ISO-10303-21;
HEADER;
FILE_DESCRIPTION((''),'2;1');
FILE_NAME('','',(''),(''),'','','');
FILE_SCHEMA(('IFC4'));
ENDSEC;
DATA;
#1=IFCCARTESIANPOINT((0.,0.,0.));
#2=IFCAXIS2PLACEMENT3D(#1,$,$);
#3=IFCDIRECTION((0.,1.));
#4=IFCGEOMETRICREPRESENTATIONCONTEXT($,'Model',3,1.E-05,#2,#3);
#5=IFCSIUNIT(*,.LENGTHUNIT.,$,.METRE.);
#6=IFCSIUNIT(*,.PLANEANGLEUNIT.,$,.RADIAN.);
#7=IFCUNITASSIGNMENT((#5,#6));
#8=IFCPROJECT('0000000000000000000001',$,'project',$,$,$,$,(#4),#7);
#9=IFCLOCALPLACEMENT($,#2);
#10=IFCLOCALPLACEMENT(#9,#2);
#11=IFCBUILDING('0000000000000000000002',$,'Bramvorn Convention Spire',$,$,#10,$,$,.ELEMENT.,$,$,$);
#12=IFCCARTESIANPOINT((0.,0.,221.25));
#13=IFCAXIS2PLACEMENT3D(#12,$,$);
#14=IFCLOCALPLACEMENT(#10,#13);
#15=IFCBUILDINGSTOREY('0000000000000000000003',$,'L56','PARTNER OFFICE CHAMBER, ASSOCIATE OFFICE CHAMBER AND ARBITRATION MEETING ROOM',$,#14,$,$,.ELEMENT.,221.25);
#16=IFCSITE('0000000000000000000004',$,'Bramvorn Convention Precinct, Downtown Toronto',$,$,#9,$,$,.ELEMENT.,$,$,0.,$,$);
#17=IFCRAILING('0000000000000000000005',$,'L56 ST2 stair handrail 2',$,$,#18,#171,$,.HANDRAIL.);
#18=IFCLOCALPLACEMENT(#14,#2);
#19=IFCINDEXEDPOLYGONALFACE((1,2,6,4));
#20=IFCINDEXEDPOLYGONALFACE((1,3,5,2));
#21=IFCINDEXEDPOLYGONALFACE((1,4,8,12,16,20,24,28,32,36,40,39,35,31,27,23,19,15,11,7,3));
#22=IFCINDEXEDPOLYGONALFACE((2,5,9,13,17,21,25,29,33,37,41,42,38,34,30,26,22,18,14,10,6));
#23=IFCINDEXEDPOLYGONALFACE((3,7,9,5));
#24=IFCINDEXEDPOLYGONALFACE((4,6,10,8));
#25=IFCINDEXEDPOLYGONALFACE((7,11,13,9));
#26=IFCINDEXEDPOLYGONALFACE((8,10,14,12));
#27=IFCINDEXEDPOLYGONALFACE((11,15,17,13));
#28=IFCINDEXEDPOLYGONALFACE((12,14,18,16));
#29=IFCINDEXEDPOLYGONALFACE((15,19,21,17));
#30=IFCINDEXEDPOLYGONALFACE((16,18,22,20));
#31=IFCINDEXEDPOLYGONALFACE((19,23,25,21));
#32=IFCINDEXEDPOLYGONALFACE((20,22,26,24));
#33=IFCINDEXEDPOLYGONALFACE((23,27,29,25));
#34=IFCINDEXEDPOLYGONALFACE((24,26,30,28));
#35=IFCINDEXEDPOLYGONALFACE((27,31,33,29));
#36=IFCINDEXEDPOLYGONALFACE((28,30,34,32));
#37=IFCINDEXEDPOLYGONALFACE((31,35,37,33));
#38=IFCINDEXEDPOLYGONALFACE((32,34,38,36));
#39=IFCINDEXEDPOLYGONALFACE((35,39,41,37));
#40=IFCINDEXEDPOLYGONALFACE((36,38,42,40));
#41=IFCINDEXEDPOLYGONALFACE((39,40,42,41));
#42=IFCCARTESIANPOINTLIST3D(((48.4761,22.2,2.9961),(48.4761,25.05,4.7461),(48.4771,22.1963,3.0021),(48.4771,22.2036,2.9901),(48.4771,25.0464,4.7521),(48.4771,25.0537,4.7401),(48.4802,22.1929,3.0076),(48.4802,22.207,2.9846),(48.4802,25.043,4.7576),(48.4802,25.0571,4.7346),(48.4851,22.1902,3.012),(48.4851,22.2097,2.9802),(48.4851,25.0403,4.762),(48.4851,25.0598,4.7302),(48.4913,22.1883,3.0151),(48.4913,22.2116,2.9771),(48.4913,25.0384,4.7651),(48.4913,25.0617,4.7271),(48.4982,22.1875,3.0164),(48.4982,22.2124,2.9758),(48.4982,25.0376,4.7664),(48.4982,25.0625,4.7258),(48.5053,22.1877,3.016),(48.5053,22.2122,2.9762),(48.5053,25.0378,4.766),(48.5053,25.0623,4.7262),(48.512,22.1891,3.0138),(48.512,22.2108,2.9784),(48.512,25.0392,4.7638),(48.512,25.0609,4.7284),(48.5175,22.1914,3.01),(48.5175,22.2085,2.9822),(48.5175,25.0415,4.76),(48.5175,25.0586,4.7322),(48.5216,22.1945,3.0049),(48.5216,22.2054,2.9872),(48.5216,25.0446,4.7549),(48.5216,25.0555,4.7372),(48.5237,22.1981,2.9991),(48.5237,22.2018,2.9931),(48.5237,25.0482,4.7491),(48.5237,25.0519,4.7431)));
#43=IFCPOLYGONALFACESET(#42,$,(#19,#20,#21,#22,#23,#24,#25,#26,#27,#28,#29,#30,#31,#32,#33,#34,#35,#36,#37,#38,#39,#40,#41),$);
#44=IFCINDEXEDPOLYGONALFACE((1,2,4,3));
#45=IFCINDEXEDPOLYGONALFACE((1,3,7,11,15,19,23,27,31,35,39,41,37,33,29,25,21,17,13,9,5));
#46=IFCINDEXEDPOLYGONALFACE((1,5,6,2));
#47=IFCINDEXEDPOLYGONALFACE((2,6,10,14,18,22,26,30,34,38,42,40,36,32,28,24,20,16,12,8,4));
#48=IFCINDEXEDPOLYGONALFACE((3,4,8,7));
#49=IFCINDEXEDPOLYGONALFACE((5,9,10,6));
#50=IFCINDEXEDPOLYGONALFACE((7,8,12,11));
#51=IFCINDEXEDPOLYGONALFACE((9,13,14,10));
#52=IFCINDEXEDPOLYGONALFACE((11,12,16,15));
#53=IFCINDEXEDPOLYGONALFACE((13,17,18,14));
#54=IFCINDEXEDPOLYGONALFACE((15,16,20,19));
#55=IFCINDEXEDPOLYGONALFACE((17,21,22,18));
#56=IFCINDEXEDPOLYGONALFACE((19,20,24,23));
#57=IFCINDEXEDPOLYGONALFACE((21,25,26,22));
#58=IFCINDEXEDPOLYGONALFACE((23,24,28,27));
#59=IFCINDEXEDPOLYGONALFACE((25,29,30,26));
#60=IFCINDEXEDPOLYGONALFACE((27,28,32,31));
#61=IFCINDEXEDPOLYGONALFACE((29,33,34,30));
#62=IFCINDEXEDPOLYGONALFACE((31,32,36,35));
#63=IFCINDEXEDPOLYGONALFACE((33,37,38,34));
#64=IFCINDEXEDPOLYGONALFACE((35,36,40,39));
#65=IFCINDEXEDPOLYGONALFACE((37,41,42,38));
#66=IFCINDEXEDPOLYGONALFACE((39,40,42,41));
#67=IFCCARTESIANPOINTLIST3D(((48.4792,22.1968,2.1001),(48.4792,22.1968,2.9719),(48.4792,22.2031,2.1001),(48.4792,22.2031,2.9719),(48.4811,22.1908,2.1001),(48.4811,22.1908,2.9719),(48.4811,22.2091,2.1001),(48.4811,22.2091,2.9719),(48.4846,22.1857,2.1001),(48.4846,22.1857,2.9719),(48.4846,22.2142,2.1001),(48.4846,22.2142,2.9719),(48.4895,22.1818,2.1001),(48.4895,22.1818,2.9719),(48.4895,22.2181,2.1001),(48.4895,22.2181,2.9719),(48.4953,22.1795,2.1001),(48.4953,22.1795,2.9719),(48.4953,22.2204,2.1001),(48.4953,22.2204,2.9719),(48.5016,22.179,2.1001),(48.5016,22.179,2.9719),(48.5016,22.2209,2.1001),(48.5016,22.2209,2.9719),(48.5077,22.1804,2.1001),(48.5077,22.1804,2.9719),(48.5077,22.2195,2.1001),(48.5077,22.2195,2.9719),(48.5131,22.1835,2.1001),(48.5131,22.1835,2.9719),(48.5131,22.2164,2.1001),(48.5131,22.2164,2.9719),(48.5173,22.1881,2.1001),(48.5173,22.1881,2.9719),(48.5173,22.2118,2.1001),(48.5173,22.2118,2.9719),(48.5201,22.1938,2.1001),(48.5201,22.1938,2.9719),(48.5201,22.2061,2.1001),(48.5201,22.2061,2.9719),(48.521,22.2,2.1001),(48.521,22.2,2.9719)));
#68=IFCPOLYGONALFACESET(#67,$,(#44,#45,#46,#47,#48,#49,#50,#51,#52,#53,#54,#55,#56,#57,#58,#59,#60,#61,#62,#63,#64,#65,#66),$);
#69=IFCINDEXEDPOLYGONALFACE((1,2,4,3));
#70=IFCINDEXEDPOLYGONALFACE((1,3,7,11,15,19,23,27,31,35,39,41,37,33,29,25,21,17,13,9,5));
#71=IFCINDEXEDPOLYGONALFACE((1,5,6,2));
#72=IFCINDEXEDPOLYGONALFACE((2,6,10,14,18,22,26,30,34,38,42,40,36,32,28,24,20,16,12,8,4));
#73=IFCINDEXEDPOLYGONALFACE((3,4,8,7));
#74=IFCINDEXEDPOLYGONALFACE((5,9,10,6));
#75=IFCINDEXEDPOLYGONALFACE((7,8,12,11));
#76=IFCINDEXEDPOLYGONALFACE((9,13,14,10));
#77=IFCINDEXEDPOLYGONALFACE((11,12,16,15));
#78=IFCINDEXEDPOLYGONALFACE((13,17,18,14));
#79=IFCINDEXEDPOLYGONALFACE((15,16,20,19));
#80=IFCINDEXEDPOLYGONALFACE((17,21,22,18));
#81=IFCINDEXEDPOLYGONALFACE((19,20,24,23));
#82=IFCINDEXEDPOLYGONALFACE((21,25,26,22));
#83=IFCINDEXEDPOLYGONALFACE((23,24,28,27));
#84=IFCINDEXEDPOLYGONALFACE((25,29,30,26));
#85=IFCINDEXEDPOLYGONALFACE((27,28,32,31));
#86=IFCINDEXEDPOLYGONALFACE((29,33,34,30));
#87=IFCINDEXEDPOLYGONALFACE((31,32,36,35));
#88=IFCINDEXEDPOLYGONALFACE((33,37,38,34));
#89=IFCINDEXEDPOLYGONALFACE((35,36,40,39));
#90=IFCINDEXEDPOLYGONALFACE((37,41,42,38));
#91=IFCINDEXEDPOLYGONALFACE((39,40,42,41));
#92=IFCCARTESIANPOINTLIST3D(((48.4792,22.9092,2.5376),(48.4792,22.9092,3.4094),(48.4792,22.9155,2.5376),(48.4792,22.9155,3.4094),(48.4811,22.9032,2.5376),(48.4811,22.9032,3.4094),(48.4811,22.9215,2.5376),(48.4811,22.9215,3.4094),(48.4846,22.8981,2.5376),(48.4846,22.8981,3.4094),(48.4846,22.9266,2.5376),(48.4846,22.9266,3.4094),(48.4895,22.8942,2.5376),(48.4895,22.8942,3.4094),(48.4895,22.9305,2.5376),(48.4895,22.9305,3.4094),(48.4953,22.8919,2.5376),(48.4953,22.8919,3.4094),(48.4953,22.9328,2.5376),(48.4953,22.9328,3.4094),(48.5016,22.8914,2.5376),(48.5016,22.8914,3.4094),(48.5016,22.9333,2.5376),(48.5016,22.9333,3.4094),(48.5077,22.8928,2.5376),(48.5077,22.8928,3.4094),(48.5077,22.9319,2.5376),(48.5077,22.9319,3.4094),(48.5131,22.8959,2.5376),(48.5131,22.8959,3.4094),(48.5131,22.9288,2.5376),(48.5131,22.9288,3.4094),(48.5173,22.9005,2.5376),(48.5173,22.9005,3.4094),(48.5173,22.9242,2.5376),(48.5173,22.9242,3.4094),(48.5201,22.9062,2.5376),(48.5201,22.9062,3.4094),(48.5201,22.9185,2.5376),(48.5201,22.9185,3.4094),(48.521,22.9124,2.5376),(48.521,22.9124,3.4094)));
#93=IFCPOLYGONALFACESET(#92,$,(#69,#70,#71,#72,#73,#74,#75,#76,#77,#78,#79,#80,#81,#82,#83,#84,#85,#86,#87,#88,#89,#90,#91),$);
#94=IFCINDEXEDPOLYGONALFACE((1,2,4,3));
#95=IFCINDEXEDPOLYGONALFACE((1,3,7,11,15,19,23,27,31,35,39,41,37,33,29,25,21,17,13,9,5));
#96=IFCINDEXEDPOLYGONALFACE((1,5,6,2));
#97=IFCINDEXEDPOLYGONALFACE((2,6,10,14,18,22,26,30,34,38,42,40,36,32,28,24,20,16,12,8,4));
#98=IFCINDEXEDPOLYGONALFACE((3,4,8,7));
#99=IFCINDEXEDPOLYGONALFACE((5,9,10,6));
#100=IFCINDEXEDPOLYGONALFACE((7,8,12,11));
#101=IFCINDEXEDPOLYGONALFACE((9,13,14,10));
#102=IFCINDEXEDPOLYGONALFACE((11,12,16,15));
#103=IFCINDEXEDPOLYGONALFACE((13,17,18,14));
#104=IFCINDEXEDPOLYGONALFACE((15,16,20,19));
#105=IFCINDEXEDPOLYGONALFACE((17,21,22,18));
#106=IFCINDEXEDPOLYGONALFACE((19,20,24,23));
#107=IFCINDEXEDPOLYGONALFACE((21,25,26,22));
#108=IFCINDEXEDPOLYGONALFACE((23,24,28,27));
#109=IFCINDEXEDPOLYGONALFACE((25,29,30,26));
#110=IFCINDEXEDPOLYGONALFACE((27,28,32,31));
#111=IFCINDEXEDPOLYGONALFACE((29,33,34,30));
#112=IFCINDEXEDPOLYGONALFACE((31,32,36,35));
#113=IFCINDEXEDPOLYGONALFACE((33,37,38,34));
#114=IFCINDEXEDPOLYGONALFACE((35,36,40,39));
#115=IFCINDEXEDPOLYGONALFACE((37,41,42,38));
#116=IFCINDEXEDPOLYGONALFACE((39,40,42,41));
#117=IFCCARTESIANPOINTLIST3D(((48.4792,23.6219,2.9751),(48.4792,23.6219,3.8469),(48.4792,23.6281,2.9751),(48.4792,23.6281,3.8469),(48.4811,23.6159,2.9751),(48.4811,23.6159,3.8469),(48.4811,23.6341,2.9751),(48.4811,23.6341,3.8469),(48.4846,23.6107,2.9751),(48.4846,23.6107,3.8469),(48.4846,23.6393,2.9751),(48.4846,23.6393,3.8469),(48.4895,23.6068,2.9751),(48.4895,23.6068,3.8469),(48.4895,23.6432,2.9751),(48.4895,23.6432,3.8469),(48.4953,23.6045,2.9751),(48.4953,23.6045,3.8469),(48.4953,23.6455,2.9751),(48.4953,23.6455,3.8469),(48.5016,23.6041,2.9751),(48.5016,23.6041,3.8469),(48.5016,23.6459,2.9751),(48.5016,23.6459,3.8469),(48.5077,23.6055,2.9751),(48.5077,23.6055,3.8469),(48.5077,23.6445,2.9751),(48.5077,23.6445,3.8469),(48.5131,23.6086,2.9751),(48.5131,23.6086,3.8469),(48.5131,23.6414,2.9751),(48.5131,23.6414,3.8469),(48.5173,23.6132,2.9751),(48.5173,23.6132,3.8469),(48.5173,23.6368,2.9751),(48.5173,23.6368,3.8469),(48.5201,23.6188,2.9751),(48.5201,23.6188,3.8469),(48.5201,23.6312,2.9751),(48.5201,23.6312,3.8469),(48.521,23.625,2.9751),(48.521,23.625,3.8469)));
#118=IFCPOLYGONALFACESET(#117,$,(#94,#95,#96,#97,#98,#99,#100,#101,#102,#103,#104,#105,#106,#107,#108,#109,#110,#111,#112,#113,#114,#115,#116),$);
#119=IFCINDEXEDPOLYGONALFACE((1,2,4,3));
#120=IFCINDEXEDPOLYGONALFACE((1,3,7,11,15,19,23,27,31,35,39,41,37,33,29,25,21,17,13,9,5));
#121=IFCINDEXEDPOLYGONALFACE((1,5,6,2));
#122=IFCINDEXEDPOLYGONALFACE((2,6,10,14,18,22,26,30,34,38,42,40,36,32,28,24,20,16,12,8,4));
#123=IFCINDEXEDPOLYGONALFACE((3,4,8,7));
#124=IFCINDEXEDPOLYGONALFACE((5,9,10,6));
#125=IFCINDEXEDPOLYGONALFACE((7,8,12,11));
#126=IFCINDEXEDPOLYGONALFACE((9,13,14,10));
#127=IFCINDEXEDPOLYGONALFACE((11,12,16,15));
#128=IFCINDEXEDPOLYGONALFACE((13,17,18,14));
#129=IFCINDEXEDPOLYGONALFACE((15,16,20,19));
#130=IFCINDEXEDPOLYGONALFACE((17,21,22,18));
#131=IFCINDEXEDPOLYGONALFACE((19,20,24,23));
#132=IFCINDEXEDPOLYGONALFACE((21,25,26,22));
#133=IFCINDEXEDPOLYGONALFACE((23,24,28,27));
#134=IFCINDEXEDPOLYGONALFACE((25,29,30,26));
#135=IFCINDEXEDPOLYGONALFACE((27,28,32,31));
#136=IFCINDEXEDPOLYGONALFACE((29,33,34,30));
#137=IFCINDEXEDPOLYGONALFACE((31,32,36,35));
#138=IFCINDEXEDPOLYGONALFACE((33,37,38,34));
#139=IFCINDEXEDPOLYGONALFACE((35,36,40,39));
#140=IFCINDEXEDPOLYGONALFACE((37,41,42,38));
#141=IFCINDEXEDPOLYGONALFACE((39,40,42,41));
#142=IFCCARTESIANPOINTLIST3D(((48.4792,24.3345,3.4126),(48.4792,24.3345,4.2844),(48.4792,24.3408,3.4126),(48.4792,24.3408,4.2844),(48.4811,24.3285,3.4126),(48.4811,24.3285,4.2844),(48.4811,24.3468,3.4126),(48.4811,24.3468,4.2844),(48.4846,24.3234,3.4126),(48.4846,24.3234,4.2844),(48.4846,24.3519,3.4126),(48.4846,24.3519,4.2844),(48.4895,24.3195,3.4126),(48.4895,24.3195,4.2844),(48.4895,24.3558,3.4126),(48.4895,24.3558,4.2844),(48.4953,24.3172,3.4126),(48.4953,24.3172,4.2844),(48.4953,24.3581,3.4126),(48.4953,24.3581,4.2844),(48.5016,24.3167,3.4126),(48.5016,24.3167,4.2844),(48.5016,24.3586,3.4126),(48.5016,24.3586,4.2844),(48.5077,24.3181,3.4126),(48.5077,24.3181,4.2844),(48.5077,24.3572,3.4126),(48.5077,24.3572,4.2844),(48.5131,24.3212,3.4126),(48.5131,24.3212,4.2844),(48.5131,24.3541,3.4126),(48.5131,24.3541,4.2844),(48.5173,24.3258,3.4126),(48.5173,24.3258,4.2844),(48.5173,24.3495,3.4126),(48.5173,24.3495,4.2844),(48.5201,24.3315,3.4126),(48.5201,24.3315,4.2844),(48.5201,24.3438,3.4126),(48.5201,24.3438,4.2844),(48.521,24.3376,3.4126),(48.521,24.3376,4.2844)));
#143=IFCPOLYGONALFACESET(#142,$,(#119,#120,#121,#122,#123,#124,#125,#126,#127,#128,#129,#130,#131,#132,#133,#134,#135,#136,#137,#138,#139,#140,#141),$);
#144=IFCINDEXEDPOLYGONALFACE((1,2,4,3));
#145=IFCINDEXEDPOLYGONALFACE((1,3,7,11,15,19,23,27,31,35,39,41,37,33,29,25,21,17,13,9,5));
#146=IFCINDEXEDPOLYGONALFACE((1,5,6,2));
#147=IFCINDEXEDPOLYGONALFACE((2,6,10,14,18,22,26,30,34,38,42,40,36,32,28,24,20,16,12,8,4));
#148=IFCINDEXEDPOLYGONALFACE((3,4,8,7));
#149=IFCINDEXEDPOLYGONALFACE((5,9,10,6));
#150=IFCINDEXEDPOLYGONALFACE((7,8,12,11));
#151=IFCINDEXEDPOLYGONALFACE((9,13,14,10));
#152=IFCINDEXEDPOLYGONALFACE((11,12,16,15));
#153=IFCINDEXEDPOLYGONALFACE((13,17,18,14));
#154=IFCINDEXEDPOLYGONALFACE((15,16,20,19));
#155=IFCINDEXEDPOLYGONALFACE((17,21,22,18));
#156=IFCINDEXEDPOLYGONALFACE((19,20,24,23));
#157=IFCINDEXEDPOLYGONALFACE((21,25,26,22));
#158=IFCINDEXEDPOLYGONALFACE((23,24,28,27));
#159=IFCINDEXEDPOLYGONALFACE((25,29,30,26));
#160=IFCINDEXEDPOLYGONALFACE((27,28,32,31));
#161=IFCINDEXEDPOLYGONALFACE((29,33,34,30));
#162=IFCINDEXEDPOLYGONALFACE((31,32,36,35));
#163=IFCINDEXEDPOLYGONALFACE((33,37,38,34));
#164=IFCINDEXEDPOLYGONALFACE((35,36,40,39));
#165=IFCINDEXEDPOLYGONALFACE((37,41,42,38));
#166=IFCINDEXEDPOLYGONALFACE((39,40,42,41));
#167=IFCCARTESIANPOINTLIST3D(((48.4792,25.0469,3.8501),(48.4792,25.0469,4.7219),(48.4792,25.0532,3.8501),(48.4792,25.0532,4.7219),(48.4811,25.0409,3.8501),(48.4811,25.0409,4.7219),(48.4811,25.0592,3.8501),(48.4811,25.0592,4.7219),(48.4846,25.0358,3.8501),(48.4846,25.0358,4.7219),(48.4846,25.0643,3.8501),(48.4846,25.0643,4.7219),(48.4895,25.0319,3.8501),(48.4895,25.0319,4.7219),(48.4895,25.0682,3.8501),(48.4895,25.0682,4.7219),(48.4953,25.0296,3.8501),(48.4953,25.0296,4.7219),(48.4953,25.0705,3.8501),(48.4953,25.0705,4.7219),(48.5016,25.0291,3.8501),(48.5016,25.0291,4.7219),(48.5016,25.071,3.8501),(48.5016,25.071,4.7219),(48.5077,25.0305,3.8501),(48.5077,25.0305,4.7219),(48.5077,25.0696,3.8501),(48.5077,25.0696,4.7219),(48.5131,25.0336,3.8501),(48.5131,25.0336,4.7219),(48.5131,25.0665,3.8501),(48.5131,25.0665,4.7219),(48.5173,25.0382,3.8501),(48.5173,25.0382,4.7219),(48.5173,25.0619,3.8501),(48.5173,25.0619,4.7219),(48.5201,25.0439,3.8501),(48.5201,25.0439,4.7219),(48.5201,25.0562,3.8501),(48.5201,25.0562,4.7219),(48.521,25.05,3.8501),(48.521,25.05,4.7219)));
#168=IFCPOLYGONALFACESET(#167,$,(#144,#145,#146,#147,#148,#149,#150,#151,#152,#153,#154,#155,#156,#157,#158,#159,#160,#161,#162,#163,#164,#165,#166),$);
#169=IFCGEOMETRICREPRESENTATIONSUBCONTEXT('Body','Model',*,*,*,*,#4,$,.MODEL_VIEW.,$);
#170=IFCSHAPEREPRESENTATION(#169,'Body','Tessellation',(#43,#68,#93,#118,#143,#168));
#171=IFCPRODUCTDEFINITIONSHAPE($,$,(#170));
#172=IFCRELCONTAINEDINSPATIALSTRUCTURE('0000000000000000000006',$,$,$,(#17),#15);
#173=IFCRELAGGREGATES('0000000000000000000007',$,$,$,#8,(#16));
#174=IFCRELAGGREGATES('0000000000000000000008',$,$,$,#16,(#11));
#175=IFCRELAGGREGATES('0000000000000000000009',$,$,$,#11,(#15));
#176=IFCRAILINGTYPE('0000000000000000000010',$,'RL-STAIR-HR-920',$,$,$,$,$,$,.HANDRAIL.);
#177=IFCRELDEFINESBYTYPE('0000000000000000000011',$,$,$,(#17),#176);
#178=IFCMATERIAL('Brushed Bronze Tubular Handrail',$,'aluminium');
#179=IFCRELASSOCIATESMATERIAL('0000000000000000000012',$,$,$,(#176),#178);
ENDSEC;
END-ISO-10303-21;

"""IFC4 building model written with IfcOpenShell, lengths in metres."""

from ifc_helpers import new_model, si_unit, direction, frame, origin, origin_2d, place, context, subcontext, project, spatial, circle, extrude, material, type_object, element, save


model = new_model("IFC4")

# Units and contexts
model_context = context("Model", 3, precision=1e-05, world=origin(), true_north=direction((0.0, 1.0)))
body_context = subcontext(model_context, "Body", "Model", "MODEL_VIEW")
ifc_project = project(units=[si_unit("LENGTHUNIT", "METRE"), si_unit("PLANEANGLEUNIT", "RADIAN")], contexts=[model_context])

# Site, building, storey
site_placement = place(None, origin())
site = spatial("IfcSite", under=ifc_project, at=site_placement, Name="Bramvorn Convention Precinct, Downtown Toronto", CompositionType="ELEMENT", RefElevation=0.0)
building_placement = place(site_placement, origin())
building = spatial("IfcBuilding", under=site, at=building_placement, Name="Bramvorn Convention Spire", CompositionType="ELEMENT")
storey_placement = place(building_placement, frame((0.0, 0.0, 221.25)))
storey = spatial("IfcBuildingStorey", under=building, at=storey_placement, Name="L56", Description="PARTNER OFFICE CHAMBER, ASSOCIATE OFFICE CHAMBER AND ARBITRATION MEETING ROOM", CompositionType="ELEMENT", Elevation=221.25)

# Railing
ifc_material_1 = material(Name="Brushed Bronze Tubular Handrail", Category="aluminium")
railing_type = type_object("IfcRailingType", Name="RL-STAIR-HR-920", PredefinedType="HANDRAIL", material=ifc_material_1)
railing_placement = place(storey_placement, frame((48.5, 22.2, 2.1001)))
element("IfcRailing", 1, at=railing_placement, inside=storey, type_object=railing_type, Name="L56 ST2 stair handrail 2", PredefinedType="HANDRAIL", context=body_context, shape_type="SweptSolid", body=[
    extrude(circle(Radius=0.0239, at=origin_2d()), frame((0.0, 0.0, 0.896), z_axis=(0.0, 0.852179, 0.52325), x_axis=(-1.0, 0.0, 0.0)), (0.0, 0.0, 1.0), 3.3445),
    extrude(circle(Radius=0.021, at=origin_2d()), origin(), (0.0, 0.0, 1.0), 0.8718),
    extrude(circle(Radius=0.021, at=origin_2d()), frame((0.0, 0.7124, 0.4375)), (0.0, 0.0, 1.0), 0.8718),
    extrude(circle(Radius=0.021, at=origin_2d()), frame((0.0, 1.425, 0.875)), (0.0, 0.0, 1.0), 0.8718),
    extrude(circle(Radius=0.021, at=origin_2d()), frame((0.0, 2.1377, 1.3125)), (0.0, 0.0, 1.0), 0.8718),
    extrude(circle(Radius=0.021, at=origin_2d()), frame((0.0, 2.8501, 1.75)), (0.0, 0.0, 1.0), 0.8718),
])

save(model, "model.ifc")
